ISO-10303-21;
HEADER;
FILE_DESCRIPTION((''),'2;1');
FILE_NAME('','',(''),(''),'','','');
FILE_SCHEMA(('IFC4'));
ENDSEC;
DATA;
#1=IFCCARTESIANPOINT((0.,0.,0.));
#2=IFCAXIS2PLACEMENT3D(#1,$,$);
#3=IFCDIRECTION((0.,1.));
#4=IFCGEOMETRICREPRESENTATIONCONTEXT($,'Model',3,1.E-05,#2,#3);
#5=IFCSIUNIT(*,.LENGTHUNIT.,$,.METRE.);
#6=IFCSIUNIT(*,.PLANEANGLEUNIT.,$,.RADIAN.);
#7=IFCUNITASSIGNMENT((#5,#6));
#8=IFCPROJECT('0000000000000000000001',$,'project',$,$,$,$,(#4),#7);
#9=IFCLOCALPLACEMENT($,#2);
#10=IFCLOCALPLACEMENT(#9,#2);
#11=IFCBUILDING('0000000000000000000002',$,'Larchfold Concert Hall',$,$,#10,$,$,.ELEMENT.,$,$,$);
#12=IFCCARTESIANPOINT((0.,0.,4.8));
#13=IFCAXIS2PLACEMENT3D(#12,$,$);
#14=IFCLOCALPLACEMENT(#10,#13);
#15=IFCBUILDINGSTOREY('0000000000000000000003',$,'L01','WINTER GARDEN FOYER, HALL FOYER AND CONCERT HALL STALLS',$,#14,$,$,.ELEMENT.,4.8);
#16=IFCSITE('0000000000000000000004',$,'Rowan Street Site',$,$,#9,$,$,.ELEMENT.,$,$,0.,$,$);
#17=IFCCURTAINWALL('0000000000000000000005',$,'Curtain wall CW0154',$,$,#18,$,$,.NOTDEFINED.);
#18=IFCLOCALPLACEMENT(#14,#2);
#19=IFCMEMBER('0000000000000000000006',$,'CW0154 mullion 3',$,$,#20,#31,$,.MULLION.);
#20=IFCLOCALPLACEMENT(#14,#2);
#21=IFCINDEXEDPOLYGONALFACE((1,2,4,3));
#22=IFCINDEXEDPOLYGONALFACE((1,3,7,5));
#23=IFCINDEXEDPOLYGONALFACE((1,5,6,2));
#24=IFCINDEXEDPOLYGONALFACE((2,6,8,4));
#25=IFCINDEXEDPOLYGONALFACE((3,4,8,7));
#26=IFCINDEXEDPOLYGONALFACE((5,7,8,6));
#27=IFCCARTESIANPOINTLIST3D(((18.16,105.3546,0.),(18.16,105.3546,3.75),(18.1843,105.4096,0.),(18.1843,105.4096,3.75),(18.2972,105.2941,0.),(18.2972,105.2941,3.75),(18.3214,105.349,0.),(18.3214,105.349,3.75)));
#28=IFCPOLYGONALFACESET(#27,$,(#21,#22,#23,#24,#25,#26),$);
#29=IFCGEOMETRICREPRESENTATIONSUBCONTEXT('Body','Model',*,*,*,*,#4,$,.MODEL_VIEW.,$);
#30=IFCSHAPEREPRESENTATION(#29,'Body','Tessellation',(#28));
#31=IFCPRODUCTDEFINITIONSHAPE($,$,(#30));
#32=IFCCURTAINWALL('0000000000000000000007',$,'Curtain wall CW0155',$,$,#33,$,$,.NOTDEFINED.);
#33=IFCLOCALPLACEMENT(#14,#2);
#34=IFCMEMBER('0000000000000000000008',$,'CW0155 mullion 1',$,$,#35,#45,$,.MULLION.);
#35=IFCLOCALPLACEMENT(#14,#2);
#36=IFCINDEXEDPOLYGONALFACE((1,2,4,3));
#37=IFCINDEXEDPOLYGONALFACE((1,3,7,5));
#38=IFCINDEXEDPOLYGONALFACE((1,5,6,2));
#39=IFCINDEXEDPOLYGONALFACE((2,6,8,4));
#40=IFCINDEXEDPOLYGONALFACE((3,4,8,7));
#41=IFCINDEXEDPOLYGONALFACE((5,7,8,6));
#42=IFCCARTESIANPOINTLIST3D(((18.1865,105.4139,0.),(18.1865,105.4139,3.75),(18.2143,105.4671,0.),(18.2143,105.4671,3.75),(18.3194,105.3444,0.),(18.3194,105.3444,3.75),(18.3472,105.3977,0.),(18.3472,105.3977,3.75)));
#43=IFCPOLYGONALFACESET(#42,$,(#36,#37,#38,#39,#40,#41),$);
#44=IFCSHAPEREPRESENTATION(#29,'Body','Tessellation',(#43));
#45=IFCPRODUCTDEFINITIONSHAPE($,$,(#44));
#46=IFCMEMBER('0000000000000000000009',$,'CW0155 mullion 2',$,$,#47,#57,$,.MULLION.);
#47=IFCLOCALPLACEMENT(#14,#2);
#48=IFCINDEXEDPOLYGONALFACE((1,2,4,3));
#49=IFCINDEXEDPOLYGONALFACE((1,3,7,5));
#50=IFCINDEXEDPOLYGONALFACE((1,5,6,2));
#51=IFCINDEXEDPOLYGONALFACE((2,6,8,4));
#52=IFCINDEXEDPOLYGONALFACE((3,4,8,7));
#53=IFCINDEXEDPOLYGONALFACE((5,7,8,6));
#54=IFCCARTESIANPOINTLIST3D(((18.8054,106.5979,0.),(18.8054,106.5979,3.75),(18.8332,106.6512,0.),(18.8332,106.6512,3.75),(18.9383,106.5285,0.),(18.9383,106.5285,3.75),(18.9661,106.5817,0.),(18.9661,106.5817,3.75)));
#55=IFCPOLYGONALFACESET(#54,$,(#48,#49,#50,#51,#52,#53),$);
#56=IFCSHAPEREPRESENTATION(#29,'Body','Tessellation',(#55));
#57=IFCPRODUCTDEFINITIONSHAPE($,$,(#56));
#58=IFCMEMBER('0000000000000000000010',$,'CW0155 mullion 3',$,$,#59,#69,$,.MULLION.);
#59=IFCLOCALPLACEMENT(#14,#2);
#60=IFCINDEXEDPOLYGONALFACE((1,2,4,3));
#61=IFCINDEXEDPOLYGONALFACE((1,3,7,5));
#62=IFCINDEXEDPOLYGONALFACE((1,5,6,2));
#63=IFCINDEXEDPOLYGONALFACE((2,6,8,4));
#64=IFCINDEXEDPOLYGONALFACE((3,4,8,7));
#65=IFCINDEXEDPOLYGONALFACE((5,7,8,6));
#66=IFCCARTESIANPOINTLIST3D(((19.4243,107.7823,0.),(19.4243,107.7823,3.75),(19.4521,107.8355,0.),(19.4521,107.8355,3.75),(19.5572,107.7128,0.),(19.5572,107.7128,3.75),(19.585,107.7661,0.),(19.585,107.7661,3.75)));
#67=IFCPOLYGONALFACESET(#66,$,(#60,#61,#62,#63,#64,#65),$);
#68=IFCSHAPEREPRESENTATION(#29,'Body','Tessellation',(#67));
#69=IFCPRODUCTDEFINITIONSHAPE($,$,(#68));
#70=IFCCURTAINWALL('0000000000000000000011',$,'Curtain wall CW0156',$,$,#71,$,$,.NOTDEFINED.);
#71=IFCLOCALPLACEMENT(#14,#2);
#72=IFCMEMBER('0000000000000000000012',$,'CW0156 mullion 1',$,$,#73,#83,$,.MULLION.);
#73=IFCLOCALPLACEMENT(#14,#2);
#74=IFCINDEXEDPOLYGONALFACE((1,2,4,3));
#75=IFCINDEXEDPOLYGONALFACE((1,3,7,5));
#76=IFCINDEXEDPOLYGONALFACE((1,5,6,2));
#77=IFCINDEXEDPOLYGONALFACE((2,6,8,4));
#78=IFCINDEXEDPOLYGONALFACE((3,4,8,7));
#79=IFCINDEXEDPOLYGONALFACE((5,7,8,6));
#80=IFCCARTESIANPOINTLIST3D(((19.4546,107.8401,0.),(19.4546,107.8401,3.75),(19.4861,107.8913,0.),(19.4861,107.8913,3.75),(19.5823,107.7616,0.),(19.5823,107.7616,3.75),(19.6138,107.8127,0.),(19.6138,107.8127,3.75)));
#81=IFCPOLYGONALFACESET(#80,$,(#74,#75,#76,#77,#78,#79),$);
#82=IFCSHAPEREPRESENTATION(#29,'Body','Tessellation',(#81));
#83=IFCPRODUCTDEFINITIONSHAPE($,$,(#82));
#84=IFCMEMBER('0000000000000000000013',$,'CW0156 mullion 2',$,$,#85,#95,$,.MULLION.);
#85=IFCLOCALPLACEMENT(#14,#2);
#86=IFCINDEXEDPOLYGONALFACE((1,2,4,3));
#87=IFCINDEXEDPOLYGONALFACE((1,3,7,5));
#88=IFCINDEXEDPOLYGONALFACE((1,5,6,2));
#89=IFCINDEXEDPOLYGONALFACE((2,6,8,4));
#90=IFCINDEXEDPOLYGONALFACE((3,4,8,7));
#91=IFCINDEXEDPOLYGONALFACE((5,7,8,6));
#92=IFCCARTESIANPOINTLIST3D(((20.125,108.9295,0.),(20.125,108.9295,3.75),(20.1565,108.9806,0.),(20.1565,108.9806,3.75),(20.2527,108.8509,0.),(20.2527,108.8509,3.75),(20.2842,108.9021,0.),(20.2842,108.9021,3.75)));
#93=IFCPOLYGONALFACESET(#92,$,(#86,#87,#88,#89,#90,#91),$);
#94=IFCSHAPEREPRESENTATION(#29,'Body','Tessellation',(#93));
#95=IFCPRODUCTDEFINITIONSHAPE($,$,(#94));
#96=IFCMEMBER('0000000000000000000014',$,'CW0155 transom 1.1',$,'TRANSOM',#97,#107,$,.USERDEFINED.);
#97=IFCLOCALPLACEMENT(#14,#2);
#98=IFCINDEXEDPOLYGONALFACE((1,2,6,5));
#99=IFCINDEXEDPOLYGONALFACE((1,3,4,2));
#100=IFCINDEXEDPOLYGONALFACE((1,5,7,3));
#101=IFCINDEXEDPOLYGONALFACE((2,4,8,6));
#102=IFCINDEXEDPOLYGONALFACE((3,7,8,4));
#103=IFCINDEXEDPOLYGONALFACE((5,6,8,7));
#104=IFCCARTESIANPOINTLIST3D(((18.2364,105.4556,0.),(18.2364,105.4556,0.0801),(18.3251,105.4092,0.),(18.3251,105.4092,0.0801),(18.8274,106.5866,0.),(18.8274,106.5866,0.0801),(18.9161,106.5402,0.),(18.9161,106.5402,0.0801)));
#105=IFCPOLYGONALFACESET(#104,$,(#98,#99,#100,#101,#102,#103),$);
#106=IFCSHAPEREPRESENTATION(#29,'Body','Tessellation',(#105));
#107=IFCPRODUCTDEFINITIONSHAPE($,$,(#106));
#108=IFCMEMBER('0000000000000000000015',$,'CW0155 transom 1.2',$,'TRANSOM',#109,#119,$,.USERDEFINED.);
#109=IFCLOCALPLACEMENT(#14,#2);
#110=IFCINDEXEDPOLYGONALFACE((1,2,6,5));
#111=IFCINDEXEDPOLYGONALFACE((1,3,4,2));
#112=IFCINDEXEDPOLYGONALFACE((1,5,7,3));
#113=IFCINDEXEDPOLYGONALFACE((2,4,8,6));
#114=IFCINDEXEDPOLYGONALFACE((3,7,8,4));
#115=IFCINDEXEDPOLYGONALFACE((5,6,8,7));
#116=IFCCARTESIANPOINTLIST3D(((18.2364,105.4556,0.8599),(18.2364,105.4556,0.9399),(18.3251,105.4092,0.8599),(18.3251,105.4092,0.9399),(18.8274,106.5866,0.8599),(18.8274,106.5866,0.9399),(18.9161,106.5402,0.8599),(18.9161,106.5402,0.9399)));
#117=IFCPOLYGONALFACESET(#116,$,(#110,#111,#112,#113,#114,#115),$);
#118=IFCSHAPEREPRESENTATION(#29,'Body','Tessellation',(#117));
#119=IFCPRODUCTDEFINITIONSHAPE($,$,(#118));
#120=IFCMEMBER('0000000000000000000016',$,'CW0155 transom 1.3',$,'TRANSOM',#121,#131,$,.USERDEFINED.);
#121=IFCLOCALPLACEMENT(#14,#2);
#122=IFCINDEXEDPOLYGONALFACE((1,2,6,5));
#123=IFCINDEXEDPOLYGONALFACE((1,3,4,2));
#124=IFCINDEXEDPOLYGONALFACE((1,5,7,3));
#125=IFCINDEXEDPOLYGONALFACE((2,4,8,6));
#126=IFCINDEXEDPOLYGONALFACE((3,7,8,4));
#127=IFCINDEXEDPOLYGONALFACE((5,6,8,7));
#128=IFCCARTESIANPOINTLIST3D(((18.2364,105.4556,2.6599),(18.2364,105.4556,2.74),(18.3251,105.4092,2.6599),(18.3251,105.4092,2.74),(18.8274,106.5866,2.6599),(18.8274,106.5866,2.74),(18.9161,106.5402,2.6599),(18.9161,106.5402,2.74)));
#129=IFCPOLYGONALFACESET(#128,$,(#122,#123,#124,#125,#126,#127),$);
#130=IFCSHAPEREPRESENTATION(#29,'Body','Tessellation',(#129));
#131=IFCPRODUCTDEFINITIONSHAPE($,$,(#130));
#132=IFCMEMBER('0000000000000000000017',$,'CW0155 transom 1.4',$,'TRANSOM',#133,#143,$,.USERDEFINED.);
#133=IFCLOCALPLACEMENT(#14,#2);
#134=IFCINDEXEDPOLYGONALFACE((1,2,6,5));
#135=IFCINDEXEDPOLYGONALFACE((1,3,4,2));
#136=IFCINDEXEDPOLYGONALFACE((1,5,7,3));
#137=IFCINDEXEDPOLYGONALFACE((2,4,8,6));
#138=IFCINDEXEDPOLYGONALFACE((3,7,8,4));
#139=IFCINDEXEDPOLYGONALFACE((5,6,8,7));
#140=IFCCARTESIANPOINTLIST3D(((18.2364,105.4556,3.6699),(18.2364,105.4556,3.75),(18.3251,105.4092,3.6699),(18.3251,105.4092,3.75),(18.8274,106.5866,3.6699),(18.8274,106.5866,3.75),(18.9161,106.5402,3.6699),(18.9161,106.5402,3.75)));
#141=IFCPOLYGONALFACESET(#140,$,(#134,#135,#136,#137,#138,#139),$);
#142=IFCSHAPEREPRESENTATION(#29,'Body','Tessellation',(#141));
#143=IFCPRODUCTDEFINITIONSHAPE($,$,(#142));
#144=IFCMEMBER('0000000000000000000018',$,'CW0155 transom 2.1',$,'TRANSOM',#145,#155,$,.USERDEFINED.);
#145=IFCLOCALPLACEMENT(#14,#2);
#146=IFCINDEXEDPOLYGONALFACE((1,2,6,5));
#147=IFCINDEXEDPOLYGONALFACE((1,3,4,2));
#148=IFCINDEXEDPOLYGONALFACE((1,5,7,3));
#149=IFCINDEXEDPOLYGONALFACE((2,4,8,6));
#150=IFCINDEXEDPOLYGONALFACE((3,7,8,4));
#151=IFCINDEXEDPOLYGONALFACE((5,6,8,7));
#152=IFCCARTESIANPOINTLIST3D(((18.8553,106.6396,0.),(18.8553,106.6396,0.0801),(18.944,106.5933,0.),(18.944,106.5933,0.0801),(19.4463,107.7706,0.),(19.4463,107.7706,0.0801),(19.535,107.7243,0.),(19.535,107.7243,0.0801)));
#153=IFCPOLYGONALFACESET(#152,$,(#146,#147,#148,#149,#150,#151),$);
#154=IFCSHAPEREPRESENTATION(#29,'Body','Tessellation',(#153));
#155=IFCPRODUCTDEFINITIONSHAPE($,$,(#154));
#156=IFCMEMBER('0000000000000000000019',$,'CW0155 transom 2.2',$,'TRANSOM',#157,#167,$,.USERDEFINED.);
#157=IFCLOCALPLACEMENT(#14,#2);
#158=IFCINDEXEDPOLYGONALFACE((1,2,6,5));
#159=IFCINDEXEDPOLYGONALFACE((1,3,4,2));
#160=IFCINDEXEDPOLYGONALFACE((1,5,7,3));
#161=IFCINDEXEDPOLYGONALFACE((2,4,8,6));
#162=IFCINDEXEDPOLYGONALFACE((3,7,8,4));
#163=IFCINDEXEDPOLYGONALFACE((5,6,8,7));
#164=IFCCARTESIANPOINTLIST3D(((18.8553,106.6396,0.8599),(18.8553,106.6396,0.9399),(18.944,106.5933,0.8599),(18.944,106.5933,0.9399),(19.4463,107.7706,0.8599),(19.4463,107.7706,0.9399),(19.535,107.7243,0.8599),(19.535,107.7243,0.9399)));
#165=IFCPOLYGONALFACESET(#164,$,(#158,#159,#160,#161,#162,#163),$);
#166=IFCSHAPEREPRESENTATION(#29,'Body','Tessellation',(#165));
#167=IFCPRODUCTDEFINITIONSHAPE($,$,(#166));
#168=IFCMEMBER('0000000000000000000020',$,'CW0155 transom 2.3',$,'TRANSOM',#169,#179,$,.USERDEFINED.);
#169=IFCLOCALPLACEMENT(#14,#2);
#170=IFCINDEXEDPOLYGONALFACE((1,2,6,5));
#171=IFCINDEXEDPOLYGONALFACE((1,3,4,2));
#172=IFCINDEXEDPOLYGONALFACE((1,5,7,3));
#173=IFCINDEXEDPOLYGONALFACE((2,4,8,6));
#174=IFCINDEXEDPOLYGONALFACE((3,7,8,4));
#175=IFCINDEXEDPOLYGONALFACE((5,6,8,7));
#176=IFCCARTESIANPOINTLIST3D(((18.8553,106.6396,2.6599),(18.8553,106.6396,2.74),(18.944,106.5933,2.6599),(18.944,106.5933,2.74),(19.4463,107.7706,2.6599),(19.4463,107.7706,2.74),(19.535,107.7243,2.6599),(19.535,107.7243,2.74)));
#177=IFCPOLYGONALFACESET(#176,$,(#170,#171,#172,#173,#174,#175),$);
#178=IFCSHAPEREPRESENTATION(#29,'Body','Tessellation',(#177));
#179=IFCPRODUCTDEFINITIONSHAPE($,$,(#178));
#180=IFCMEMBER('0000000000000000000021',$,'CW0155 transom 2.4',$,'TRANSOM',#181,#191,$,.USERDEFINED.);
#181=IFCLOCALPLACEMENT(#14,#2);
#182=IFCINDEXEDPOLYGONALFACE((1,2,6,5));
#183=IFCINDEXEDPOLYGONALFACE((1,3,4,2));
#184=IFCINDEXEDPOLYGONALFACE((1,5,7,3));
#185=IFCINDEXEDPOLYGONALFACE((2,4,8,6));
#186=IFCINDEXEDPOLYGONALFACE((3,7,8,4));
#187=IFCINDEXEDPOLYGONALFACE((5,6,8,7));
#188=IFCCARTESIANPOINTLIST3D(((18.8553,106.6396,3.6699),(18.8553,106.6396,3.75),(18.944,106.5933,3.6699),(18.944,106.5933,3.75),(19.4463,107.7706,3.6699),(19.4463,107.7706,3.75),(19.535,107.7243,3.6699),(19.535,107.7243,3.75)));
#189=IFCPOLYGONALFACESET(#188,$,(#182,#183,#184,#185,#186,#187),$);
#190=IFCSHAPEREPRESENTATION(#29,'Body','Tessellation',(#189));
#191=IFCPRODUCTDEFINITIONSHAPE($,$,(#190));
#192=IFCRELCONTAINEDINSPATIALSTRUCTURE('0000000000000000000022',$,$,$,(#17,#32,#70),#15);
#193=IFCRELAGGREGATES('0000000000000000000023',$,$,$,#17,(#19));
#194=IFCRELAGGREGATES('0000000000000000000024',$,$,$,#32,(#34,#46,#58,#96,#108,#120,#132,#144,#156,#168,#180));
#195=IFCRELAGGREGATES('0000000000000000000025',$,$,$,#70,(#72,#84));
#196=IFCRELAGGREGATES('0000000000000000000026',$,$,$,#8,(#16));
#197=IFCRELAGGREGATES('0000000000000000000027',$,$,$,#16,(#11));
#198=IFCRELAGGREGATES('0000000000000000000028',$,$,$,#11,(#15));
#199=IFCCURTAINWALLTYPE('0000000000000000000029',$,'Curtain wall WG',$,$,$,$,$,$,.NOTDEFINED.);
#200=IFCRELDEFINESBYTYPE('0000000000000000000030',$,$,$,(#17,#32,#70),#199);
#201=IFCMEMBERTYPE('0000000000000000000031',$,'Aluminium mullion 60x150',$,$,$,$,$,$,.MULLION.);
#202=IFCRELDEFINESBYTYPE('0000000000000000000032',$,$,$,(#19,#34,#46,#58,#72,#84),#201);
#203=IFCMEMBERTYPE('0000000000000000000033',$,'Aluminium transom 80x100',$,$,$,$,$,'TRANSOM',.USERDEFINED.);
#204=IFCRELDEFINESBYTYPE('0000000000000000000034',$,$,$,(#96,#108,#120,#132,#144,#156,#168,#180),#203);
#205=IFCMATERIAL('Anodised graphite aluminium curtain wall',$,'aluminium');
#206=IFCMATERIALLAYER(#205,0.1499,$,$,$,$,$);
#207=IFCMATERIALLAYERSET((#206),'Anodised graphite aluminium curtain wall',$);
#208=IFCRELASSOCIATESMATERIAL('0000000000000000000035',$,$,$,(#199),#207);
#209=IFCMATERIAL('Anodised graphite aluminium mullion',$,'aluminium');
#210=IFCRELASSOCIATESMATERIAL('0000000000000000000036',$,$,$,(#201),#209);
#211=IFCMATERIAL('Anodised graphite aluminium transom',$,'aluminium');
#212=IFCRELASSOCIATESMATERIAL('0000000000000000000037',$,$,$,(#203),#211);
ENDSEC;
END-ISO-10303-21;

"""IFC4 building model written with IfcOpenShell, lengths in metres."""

from ifc_helpers import new_model, si_unit, direction, frame, origin, origin_2d, place, context, subcontext, project, spatial, rectangle, extrude, material, layer, layer_set, material_profile, profile_set, type_object, element, aggregate, save


model = new_model("IFC4")

# Units and contexts
model_context = context("Model", 3, precision=1e-05, world=origin(), true_north=direction((0.0, 1.0)))
body_context = subcontext(model_context, "Body", "Model", "MODEL_VIEW")
ifc_project = project(units=[si_unit("LENGTHUNIT", "METRE"), si_unit("PLANEANGLEUNIT", "RADIAN")], contexts=[model_context])

# Site, building, storey
site_placement = place(None, origin())
site = spatial("IfcSite", under=ifc_project, at=site_placement, Name="Rowan Street Site", CompositionType="ELEMENT", RefElevation=0.0)
building_placement = place(site_placement, origin())
building = spatial("IfcBuilding", under=site, at=building_placement, Name="Larchfold Concert Hall", CompositionType="ELEMENT")
storey_placement = place(building_placement, frame((0.0, 0.0, 4.8)))
storey = spatial("IfcBuildingStorey", under=building, at=storey_placement, Name="L01", Description="WINTER GARDEN FOYER, HALL FOYER AND CONCERT HALL STALLS", CompositionType="ELEMENT", Elevation=4.8)

# Curtain wall, member
ifc_material_1 = material(Name="Anodised graphite aluminium curtain wall", Category="aluminium")
ifc_layer_1 = layer(ifc_material_1, 0.1499)
ifc_layer_set_1 = layer_set([ifc_layer_1], Name="Anodised graphite aluminium curtain wall")
curtain_wall_type = type_object("IfcCurtainWallType", Name="Curtain wall WG", PredefinedType="NOTDEFINED", material=ifc_layer_set_1)
curtain_wall_1_placement = place(storey_placement, origin())
curtain_wall_1 = element("IfcCurtainWall", 1, at=curtain_wall_1_placement, inside=storey, type_object=curtain_wall_type, Name="Curtain wall CW0154", PredefinedType="NOTDEFINED")
ifc_material_2 = material(Name="Anodised graphite aluminium mullion", Category="aluminium")
ifc_material_profile_1 = material_profile(ifc_material_2, rectangle(XDim=0.1499, YDim=0.0601, at=origin_2d()))
ifc_profile_set_1 = profile_set([ifc_material_profile_1], Name="Anodised graphite aluminium mullion")
member_type_1 = type_object("IfcMemberType", Name="Aluminium mullion 60x150", PredefinedType="MULLION", material=ifc_profile_set_1)
member_1_placement = place(storey_placement, frame((18.2407, 105.3518, 0.0), z_axis=(0.0, 0.0, 1.0), x_axis=(-0.914744, 0.404034, 0.0)))
member_1 = element("IfcMember", 2, at=member_1_placement, type_object=member_type_1, Name="CW0154 mullion 3", PredefinedType="MULLION", context=body_context, shape_type="SweptSolid", body=[
    extrude(rectangle(XDim=0.1499, YDim=0.0601, at=origin_2d()), origin(), (0.0, 0.0, 1.0), 3.75),
])

# Curtain walls, members
curtain_wall_2_placement = place(storey_placement, origin())
curtain_wall_2 = element("IfcCurtainWall", 3, at=curtain_wall_2_placement, inside=storey, type_object=curtain_wall_type, Name="Curtain wall CW0155", PredefinedType="NOTDEFINED")
member_2_placement = place(storey_placement, frame((18.2668, 105.4058, 0.0), z_axis=(0.0, 0.0, 1.0), x_axis=(-0.88626, 0.463189, 0.0)))
member_2 = element("IfcMember", 4, at=member_2_placement, type_object=member_type_1, Name="CW0155 mullion 1", PredefinedType="MULLION", context=body_context, shape_type="SweptSolid", body=[
    extrude(rectangle(XDim=0.1499, YDim=0.0601, at=origin_2d()), origin(), (0.0, 0.0, 1.0), 3.75),
])
member_3_placement = place(storey_placement, frame((18.8857, 106.5898, 0.0), z_axis=(0.0, 0.0, 1.0), x_axis=(-0.88626, 0.463189, 0.0)))
member_3 = element("IfcMember", 5, at=member_3_placement, type_object=member_type_1, Name="CW0155 mullion 2", PredefinedType="MULLION", context=body_context, shape_type="SweptSolid", body=[
    extrude(rectangle(XDim=0.1499, YDim=0.0601, at=origin_2d()), origin(), (0.0, 0.0, 1.0), 3.75),
])
member_4_placement = place(storey_placement, frame((19.5046, 107.7742, 0.0), z_axis=(0.0, 0.0, 1.0), x_axis=(-0.88626, 0.463189, 0.0)))
member_4 = element("IfcMember", 6, at=member_4_placement, type_object=member_type_1, Name="CW0155 mullion 3", PredefinedType="MULLION", context=body_context, shape_type="SweptSolid", body=[
    extrude(rectangle(XDim=0.1499, YDim=0.0601, at=origin_2d()), origin(), (0.0, 0.0, 1.0), 3.75),
])
curtain_wall_3_placement = place(storey_placement, origin())
curtain_wall_3 = element("IfcCurtainWall", 7, at=curtain_wall_3_placement, inside=storey, type_object=curtain_wall_type, Name="Curtain wall CW0156", PredefinedType="NOTDEFINED")
member_5_placement = place(storey_placement, frame((19.5342, 107.8264, 0.0), z_axis=(0.0, 0.0, 1.0), x_axis=(-0.851655, 0.524103, 0.0)))
member_5 = element("IfcMember", 8, at=member_5_placement, type_object=member_type_1, Name="CW0156 mullion 1", PredefinedType="MULLION", context=body_context, shape_type="SweptSolid", body=[
    extrude(rectangle(XDim=0.1499, YDim=0.0601, at=origin_2d()), origin(), (0.0, 0.0, 1.0), 3.75),
])
member_6_placement = place(storey_placement, frame((20.2046, 108.9158, 0.0), z_axis=(0.0, 0.0, 1.0), x_axis=(-0.851655, 0.524103, 0.0)))
member_6 = element("IfcMember", 9, at=member_6_placement, type_object=member_type_1, Name="CW0156 mullion 2", PredefinedType="MULLION", context=body_context, shape_type="SweptSolid", body=[
    extrude(rectangle(XDim=0.1499, YDim=0.0601, at=origin_2d()), origin(), (0.0, 0.0, 1.0), 3.75),
])

# Members
ifc_material_3 = material(Name="Anodised graphite aluminium transom", Category="aluminium")
ifc_material_profile_2 = material_profile(ifc_material_3, rectangle(XDim=0.1001, YDim=0.0801, at=origin_2d()))
ifc_profile_set_2 = profile_set([ifc_material_profile_2], Name="Anodised graphite aluminium transom")
member_type_2 = type_object("IfcMemberType", Name="Aluminium transom 80x100", ElementType="TRANSOM", PredefinedType="USERDEFINED", material=ifc_profile_set_2)
member_7_placement = place(storey_placement, frame((18.2808, 105.4324, 0.04), z_axis=(0.463135, 0.886288, 0.0), x_axis=(-0.886288, 0.463135, 0.0)))
member_7 = element("IfcMember", 10, at=member_7_placement, type_object=member_type_2, Name="CW0155 transom 1.1", ObjectType="TRANSOM", PredefinedType="USERDEFINED", context=body_context, shape_type="SweptSolid", body=[
    extrude(rectangle(XDim=0.1001, YDim=0.0801, at=origin_2d()), origin(), (0.0, 0.0, 1.0), 1.2761),
])
member_8_placement = place(storey_placement, frame((18.2808, 105.4324, 0.8999), z_axis=(0.463135, 0.886288, 0.0), x_axis=(-0.886288, 0.463135, 0.0)))
member_8 = element("IfcMember", 11, at=member_8_placement, type_object=member_type_2, Name="CW0155 transom 1.2", ObjectType="TRANSOM", PredefinedType="USERDEFINED", context=body_context, shape_type="SweptSolid", body=[
    extrude(rectangle(XDim=0.1001, YDim=0.0801, at=origin_2d()), origin(), (0.0, 0.0, 1.0), 1.2761),
])
member_9_placement = place(storey_placement, frame((18.2808, 105.4324, 2.7), z_axis=(0.463135, 0.886288, 0.0), x_axis=(-0.886288, 0.463135, 0.0)))
member_9 = element("IfcMember", 12, at=member_9_placement, type_object=member_type_2, Name="CW0155 transom 1.3", ObjectType="TRANSOM", PredefinedType="USERDEFINED", context=body_context, shape_type="SweptSolid", body=[
    extrude(rectangle(XDim=0.1001, YDim=0.0801, at=origin_2d()), origin(), (0.0, 0.0, 1.0), 1.2761),
])
member_10_placement = place(storey_placement, frame((18.2808, 105.4324, 3.71), z_axis=(0.463135, 0.886288, 0.0), x_axis=(-0.886288, 0.463135, 0.0)))
member_10 = element("IfcMember", 13, at=member_10_placement, type_object=member_type_2, Name="CW0155 transom 1.4", ObjectType="TRANSOM", PredefinedType="USERDEFINED", context=body_context, shape_type="SweptSolid", body=[
    extrude(rectangle(XDim=0.1001, YDim=0.0801, at=origin_2d()), origin(), (0.0, 0.0, 1.0), 1.2761),
])
member_11_placement = place(storey_placement, frame((18.8997, 106.6165, 0.04), z_axis=(0.463135, 0.886288, 0.0), x_axis=(-0.886288, 0.463135, 0.0)))
member_11 = element("IfcMember", 14, at=member_11_placement, type_object=member_type_2, Name="CW0155 transom 2.1", ObjectType="TRANSOM", PredefinedType="USERDEFINED", context=body_context, shape_type="SweptSolid", body=[
    extrude(rectangle(XDim=0.1001, YDim=0.0801, at=origin_2d()), origin(), (0.0, 0.0, 1.0), 1.2761),
])
member_12_placement = place(storey_placement, frame((18.8997, 106.6165, 0.8999), z_axis=(0.463135, 0.886288, 0.0), x_axis=(-0.886288, 0.463135, 0.0)))
member_12 = element("IfcMember", 15, at=member_12_placement, type_object=member_type_2, Name="CW0155 transom 2.2", ObjectType="TRANSOM", PredefinedType="USERDEFINED", context=body_context, shape_type="SweptSolid", body=[
    extrude(rectangle(XDim=0.1001, YDim=0.0801, at=origin_2d()), origin(), (0.0, 0.0, 1.0), 1.2761),
])
member_13_placement = place(storey_placement, frame((18.8997, 106.6165, 2.7), z_axis=(0.463135, 0.886288, 0.0), x_axis=(-0.886288, 0.463135, 0.0)))
member_13 = element("IfcMember", 16, at=member_13_placement, type_object=member_type_2, Name="CW0155 transom 2.3", ObjectType="TRANSOM", PredefinedType="USERDEFINED", context=body_context, shape_type="SweptSolid", body=[
    extrude(rectangle(XDim=0.1001, YDim=0.0801, at=origin_2d()), origin(), (0.0, 0.0, 1.0), 1.2761),
])
member_14_placement = place(storey_placement, frame((18.8997, 106.6165, 3.71), z_axis=(0.463135, 0.886288, 0.0), x_axis=(-0.886288, 0.463135, 0.0)))
member_14 = element("IfcMember", 17, at=member_14_placement, type_object=member_type_2, Name="CW0155 transom 2.4", ObjectType="TRANSOM", PredefinedType="USERDEFINED", context=body_context, shape_type="SweptSolid", body=[
    extrude(rectangle(XDim=0.1001, YDim=0.0801, at=origin_2d()), origin(), (0.0, 0.0, 1.0), 1.2761),
])

aggregate(curtain_wall_1, [member_1])
aggregate(curtain_wall_2, [member_2, member_3, member_4, member_7, member_8, member_9, member_10, member_11, member_12, member_13, member_14])
aggregate(curtain_wall_3, [member_5, member_6])

save(model, "model.ifc")
